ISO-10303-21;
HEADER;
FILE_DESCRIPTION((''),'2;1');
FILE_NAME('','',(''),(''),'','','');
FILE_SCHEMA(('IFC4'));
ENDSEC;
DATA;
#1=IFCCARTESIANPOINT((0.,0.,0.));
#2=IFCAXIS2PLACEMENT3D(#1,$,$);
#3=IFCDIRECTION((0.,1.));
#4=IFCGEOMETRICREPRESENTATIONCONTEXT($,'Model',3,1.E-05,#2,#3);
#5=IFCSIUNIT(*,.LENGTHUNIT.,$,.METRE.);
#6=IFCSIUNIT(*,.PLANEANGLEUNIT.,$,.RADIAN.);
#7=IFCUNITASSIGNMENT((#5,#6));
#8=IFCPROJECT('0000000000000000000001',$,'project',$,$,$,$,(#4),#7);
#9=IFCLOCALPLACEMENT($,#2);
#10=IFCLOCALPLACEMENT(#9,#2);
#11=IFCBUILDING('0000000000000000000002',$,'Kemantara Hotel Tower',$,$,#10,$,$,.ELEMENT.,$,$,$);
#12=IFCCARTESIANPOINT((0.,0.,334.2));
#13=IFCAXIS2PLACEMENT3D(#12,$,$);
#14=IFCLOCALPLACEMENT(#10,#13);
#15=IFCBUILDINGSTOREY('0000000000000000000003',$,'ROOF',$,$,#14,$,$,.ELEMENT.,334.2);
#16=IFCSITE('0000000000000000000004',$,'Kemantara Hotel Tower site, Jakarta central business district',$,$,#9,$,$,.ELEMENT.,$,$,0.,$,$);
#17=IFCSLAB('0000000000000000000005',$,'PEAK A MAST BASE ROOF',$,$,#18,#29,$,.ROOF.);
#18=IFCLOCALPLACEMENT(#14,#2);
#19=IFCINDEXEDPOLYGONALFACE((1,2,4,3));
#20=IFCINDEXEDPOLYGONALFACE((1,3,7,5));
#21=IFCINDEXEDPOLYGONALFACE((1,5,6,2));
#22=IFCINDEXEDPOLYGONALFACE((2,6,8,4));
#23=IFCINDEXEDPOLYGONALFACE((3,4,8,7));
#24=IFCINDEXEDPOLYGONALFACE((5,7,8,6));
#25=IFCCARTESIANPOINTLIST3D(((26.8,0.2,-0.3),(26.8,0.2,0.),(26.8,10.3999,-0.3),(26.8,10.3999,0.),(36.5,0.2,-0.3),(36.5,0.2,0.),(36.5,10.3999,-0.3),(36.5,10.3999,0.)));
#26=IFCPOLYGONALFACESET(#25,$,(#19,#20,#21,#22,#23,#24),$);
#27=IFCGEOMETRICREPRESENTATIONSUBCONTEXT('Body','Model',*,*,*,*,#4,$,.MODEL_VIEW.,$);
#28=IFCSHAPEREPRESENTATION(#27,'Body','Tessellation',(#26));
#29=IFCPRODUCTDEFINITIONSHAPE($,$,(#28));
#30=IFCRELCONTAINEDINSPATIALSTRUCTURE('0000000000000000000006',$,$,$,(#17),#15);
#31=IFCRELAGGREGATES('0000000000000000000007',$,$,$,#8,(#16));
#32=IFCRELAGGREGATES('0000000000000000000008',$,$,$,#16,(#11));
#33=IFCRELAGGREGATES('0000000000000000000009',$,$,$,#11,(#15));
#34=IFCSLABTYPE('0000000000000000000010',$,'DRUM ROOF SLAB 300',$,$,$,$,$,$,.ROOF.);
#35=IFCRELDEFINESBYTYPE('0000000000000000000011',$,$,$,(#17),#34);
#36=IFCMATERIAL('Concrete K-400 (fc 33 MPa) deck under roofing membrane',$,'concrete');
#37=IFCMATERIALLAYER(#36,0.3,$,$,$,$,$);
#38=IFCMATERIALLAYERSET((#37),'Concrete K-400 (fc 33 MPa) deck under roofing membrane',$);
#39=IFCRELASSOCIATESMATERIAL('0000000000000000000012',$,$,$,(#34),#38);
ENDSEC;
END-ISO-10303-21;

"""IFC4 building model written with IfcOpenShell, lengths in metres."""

from ifc_helpers import new_model, si_unit, direction, frame, origin, place, context, subcontext, project, spatial, polyline, outline, extrude, material, layer, layer_set, type_object, element, save


model = new_model("IFC4")

# Units and contexts
model_context = context("Model", 3, precision=1e-05, world=origin(), true_north=direction((0.0, 1.0)))
body_context = subcontext(model_context, "Body", "Model", "MODEL_VIEW")
ifc_project = project(units=[si_unit("LENGTHUNIT", "METRE"), si_unit("PLANEANGLEUNIT", "RADIAN")], contexts=[model_context])

# Site, building, storey
site_placement = place(None, origin())
site = spatial("IfcSite", under=ifc_project, at=site_placement, Name="Kemantara Hotel Tower site, Jakarta central business district", CompositionType="ELEMENT", RefElevation=0.0)
building_placement = place(site_placement, origin())
building = spatial("IfcBuilding", under=site, at=building_placement, Name="Kemantara Hotel Tower", CompositionType="ELEMENT")
storey_placement = place(building_placement, frame((0.0, 0.0, 334.2)))
storey = spatial("IfcBuildingStorey", under=building, at=storey_placement, Name="ROOF", CompositionType="ELEMENT", Elevation=334.2)

# Slab
ifc_material_1 = material(Name="Concrete K-400 (fc 33 MPa) deck under roofing membrane", Category="concrete")
ifc_layer = layer(ifc_material_1, 0.3)
ifc_layer_set = layer_set([ifc_layer], Name="Concrete K-400 (fc 33 MPa) deck under roofing membrane")
slab_type = type_object("IfcSlabType", Name="DRUM ROOF SLAB 300", PredefinedType="ROOF", material=ifc_layer_set)
slab_1_placement = place(storey_placement, frame((0.0, 0.0, -0.3)))
element("IfcSlab", 1, at=slab_1_placement, inside=storey, type_object=slab_type, Name="PEAK A MAST BASE ROOF", PredefinedType="ROOF", context=body_context, shape_type="SweptSolid", body=[
    extrude(outline(polyline([(26.8, 0.2), (36.5, 0.2), (36.5, 10.3999), (26.8, 10.3999), (26.8, 0.2)])), origin(), (0.0, 0.0, 1.0), 0.3),
])

save(model, "model.ifc")
